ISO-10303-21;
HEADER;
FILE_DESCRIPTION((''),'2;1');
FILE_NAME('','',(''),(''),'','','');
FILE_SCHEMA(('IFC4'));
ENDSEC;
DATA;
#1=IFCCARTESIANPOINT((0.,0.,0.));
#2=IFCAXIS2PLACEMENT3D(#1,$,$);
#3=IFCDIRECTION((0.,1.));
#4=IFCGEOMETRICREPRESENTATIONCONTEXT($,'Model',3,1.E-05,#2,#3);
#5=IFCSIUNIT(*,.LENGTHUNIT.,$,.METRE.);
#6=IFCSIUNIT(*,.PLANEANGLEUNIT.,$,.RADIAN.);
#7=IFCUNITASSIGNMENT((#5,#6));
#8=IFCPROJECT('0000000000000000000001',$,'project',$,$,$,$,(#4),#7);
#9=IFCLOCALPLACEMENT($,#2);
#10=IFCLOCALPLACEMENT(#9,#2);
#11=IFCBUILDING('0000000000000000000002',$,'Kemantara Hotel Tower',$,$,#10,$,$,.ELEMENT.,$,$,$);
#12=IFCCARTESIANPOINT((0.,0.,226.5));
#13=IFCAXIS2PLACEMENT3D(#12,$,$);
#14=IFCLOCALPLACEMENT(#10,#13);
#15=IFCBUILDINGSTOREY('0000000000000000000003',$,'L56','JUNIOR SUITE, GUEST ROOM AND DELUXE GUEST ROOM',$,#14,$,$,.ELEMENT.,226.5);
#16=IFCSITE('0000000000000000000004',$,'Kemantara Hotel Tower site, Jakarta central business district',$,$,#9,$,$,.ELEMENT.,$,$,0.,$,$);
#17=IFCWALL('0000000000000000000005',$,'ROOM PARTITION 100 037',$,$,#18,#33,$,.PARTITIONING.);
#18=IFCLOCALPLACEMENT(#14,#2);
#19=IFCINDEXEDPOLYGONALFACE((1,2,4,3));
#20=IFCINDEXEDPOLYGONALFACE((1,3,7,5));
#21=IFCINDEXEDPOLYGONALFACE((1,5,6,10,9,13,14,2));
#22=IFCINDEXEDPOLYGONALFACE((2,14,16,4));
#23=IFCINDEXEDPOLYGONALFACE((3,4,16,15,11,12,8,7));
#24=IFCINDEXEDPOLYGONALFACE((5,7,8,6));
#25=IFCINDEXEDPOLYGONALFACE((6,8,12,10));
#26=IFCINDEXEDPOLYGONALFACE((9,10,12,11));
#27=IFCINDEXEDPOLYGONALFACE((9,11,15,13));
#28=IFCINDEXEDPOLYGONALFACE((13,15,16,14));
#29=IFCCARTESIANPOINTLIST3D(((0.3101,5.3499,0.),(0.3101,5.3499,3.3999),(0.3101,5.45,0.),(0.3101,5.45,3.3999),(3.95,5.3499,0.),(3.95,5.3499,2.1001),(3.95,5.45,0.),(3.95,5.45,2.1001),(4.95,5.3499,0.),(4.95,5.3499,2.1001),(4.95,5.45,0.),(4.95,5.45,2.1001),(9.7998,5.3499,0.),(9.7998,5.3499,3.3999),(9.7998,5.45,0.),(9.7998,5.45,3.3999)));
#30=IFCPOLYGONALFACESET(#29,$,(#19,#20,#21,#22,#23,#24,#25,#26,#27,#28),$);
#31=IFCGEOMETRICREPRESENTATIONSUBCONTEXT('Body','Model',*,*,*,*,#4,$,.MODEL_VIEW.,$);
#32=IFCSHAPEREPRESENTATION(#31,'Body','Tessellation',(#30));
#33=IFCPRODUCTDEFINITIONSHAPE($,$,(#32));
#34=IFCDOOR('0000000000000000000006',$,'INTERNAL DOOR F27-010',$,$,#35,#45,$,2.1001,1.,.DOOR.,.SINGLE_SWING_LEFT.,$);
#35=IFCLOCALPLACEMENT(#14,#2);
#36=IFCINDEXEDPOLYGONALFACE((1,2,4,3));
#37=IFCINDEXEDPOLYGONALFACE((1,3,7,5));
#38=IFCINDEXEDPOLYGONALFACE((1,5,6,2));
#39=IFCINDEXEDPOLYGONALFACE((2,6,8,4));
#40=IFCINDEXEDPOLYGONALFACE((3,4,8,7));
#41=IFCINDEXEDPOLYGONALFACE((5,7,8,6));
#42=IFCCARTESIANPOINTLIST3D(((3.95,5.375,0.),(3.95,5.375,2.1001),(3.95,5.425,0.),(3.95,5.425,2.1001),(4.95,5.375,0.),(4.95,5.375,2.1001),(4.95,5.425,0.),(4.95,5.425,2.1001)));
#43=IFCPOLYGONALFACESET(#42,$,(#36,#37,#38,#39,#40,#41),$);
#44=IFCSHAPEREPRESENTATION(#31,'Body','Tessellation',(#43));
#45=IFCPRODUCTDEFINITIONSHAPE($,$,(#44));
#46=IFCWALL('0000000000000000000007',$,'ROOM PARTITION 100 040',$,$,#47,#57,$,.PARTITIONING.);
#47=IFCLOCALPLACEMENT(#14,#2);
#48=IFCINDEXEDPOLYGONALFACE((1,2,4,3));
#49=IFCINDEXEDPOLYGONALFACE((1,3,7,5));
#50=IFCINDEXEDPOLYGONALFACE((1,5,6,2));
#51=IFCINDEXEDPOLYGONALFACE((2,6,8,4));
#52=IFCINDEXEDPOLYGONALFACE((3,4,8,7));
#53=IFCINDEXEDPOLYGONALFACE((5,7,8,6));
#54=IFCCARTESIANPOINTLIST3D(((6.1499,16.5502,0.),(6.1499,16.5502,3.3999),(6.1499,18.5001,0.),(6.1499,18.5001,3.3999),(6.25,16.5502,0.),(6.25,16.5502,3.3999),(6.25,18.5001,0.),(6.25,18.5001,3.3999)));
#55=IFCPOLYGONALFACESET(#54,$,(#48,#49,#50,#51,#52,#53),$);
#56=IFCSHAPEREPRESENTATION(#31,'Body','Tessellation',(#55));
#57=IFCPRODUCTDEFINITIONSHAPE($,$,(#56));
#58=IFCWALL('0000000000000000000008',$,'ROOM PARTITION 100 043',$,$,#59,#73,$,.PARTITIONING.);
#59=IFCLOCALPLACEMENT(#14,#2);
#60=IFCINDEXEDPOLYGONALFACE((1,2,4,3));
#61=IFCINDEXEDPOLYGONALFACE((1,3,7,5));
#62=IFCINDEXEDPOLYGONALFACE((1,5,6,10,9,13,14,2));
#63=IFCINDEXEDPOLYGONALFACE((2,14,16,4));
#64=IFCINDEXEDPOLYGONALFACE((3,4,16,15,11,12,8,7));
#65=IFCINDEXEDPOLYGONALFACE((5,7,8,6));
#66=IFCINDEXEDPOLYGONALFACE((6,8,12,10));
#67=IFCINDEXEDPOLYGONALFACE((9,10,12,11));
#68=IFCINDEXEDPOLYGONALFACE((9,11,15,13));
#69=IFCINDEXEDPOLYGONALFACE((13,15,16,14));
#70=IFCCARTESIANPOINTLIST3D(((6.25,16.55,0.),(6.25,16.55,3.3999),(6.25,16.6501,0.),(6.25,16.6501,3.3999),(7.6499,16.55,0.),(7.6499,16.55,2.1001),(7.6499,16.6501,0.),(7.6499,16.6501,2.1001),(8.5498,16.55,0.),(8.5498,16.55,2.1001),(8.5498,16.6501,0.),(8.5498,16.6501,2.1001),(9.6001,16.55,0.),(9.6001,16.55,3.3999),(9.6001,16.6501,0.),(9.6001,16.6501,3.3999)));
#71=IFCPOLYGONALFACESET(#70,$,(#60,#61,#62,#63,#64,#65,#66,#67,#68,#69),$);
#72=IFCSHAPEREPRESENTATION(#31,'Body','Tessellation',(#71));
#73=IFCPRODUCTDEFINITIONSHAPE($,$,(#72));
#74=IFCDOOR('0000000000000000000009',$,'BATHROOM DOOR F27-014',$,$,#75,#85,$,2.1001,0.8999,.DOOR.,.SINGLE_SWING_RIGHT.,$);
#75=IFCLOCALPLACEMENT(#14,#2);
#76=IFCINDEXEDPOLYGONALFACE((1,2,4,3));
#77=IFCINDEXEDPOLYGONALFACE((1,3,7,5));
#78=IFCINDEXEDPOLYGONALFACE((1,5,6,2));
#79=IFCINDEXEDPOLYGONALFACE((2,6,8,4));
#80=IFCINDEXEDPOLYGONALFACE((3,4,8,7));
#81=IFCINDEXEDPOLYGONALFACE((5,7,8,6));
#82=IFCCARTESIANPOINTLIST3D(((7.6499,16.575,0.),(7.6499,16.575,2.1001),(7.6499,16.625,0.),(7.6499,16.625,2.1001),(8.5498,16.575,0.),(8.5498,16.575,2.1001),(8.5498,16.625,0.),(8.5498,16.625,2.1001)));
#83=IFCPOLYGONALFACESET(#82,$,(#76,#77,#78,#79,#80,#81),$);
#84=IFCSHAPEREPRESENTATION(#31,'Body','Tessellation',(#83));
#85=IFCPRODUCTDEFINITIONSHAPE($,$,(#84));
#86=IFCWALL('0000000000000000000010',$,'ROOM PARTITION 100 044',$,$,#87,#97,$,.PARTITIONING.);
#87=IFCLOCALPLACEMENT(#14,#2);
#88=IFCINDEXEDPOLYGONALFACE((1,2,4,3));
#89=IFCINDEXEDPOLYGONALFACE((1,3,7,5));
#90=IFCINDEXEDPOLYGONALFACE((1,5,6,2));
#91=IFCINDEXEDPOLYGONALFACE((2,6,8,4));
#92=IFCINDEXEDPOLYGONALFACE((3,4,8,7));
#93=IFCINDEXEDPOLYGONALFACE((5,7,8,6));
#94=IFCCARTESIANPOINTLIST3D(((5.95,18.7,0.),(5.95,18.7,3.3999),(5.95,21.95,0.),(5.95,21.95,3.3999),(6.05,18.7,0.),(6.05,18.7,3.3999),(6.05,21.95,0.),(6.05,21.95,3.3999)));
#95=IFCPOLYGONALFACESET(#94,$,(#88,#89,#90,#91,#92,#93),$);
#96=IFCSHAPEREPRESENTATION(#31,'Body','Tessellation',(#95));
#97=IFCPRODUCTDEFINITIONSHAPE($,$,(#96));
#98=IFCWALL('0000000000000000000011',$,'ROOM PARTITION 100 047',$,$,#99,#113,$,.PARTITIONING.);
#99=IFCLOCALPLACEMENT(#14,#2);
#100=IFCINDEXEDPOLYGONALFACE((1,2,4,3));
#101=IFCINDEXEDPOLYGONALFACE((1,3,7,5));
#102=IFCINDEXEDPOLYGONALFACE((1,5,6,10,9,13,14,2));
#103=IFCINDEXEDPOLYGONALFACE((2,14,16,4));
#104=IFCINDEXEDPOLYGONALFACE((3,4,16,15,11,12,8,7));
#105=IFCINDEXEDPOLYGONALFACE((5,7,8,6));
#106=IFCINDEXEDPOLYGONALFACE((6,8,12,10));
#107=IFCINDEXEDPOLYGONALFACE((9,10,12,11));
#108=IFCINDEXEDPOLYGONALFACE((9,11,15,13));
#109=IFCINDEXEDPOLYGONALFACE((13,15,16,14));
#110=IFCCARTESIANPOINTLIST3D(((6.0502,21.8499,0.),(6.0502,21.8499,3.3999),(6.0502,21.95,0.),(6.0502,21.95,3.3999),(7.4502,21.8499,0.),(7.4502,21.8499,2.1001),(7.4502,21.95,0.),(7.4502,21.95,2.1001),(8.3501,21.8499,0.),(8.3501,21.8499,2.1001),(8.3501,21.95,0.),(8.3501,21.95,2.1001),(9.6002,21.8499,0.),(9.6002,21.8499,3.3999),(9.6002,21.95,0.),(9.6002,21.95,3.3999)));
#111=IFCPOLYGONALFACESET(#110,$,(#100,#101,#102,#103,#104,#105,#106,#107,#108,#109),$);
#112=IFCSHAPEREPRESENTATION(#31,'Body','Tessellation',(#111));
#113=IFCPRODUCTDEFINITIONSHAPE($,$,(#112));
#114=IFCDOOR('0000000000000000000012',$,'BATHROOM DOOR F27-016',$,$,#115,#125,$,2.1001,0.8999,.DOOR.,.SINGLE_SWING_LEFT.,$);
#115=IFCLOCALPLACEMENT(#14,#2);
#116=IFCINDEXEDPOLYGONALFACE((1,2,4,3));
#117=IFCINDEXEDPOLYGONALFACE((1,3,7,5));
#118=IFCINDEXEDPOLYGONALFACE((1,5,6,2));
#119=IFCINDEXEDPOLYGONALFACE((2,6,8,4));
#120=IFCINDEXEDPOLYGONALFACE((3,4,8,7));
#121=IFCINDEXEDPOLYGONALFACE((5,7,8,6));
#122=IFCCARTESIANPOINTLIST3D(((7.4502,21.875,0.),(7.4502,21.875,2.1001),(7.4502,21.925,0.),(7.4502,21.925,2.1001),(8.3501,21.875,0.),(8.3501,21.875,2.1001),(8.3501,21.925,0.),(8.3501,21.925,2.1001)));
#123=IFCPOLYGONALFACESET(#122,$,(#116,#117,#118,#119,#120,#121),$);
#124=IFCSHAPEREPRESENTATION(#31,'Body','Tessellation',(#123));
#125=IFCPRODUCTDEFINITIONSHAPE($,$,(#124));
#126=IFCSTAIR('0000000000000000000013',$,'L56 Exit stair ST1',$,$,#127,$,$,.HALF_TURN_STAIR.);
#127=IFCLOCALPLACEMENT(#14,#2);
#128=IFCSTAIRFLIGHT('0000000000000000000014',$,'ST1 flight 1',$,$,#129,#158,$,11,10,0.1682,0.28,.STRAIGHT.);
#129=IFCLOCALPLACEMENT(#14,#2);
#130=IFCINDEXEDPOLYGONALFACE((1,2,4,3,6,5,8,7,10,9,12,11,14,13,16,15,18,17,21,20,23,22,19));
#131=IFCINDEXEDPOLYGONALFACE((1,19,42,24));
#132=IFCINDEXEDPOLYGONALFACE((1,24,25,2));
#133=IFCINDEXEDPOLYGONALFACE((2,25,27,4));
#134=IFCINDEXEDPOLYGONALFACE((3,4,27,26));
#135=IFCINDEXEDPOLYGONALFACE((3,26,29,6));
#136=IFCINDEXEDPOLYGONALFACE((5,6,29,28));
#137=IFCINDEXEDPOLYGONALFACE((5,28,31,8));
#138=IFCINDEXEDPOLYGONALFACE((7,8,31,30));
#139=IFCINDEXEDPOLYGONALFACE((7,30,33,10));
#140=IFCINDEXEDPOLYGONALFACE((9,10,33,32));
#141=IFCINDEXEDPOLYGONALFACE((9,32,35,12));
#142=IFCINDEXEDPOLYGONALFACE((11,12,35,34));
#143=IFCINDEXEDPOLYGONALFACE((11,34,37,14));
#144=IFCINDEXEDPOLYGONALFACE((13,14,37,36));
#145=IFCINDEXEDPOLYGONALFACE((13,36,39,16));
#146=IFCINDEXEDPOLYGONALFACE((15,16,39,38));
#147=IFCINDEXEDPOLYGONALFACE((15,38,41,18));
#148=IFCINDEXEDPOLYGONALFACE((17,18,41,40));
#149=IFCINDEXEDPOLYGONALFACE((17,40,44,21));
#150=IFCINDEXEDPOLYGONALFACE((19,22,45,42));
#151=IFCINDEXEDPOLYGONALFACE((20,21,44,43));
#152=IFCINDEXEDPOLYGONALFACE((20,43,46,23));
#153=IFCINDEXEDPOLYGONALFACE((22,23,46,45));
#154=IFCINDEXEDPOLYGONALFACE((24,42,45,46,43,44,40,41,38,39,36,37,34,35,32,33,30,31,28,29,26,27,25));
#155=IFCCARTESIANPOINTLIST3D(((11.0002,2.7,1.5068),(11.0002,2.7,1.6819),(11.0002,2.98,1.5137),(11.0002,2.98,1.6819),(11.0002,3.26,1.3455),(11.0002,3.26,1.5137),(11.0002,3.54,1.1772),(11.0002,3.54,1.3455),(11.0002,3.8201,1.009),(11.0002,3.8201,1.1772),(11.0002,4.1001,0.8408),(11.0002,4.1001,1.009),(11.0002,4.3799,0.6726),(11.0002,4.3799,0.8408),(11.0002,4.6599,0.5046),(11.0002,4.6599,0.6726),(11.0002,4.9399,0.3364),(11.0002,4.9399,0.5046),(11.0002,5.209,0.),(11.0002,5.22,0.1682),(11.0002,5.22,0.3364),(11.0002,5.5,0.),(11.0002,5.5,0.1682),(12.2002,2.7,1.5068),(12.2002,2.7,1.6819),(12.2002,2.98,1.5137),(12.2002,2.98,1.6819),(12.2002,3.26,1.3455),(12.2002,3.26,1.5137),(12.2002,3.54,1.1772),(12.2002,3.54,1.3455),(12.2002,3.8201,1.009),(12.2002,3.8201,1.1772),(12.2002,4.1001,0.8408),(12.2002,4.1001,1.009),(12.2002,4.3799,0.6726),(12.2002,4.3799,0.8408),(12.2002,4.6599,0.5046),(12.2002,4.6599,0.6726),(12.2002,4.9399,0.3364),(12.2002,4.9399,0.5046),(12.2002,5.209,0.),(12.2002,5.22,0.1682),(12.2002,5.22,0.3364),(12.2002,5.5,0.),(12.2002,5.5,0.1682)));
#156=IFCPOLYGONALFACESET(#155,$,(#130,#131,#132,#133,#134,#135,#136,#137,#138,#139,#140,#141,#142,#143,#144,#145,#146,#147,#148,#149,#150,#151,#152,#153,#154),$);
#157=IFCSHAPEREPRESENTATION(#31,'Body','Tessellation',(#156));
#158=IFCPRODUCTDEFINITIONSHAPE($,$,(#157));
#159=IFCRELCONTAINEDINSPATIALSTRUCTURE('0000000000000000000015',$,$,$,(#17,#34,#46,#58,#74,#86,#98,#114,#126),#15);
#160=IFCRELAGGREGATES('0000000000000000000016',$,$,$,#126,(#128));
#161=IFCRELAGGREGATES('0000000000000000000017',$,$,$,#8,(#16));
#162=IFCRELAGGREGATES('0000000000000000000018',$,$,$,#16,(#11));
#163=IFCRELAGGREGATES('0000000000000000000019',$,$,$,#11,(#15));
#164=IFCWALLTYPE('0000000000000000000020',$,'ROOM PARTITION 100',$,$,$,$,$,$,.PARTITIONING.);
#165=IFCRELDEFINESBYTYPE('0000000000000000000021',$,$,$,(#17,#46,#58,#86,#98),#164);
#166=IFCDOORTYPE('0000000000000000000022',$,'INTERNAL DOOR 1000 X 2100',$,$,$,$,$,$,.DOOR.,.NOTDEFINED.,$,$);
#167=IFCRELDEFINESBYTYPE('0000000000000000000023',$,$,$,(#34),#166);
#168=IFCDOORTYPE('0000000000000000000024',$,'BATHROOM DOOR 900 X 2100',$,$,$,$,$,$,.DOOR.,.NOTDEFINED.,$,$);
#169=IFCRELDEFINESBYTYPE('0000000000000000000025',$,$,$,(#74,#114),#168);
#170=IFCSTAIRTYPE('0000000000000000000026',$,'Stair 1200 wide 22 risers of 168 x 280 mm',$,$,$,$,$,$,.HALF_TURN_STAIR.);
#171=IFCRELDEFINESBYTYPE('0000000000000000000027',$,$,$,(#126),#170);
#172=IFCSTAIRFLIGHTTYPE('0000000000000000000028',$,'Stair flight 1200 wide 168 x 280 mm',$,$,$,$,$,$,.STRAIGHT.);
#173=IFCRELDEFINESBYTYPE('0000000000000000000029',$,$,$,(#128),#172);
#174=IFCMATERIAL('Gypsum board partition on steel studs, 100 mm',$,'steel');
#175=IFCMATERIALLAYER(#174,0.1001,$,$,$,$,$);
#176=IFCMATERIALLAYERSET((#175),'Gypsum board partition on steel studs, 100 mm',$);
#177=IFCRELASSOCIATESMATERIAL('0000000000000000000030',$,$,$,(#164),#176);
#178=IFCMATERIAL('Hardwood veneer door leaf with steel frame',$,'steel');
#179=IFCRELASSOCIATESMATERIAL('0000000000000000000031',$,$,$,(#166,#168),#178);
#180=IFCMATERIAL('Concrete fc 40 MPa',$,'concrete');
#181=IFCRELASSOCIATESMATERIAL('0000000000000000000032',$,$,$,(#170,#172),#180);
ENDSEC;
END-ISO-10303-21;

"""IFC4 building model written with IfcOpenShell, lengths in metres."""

from ifc_helpers import new_model, si_unit, direction, frame, frame_2d, origin, place, context, subcontext, project, spatial, polyline, rectangle, outline, extrude, material, layer, layer_set, type_object, element, fill, aggregate, save


model = new_model("IFC4")

# Units and contexts
model_context = context("Model", 3, precision=1e-05, world=origin(), true_north=direction((0.0, 1.0)))
body_context = subcontext(model_context, "Body", "Model", "MODEL_VIEW")
ifc_project = project(units=[si_unit("LENGTHUNIT", "METRE"), si_unit("PLANEANGLEUNIT", "RADIAN")], contexts=[model_context])

# Site, building, storey
site_placement = place(None, origin())
site = spatial("IfcSite", under=ifc_project, at=site_placement, Name="Kemantara Hotel Tower site, Jakarta central business district", CompositionType="ELEMENT", RefElevation=0.0)
building_placement = place(site_placement, origin())
building = spatial("IfcBuilding", under=site, at=building_placement, Name="Kemantara Hotel Tower", CompositionType="ELEMENT")
storey_placement = place(building_placement, frame((0.0, 0.0, 226.5)))
storey = spatial("IfcBuildingStorey", under=building, at=storey_placement, Name="L56", Description="JUNIOR SUITE, GUEST ROOM AND DELUXE GUEST ROOM", CompositionType="ELEMENT", Elevation=226.5)

# Shared definitions
ifc_material_1 = material(Name="Hardwood veneer door leaf with steel frame", Category="steel")

# Wall, opening, door
ifc_material_2 = material(Name="Gypsum board partition on steel studs, 100 mm", Category="steel")
ifc_layer_1 = layer(ifc_material_2, 0.1001)
ifc_layer_set_1 = layer_set([ifc_layer_1], Name="Gypsum board partition on steel studs, 100 mm")
wall_type_1 = type_object("IfcWallType", Name="ROOM PARTITION 100", PredefinedType="PARTITIONING", material=ifc_layer_set_1)
wall_1_placement = place(storey_placement, frame((9.7998, 5.3999, 0.0), z_axis=(0.0, 0.0, 1.0), x_axis=(-1.0, 0.0, 0.0)))
wall_1 = element("IfcWall", 1, at=wall_1_placement, inside=storey, type_object=wall_type_1, Name="ROOM PARTITION 100 037", PredefinedType="PARTITIONING", context=body_context, shape_type="SweptSolid", body=[
    extrude(rectangle(XDim=9.4897, YDim=0.1001, at=frame_2d((4.7449, 0.0))), origin(), (0.0, 0.0, 1.0), 3.3999),
])
opening_1_placement = place(wall_1_placement, frame((4.8499, 0.0, 0.0)))
opening_1 = element("IfcOpeningElement", 2, at=opening_1_placement, cuts=wall_1, PredefinedType="OPENING", context=body_context, shape_type="SweptSolid", body=[
    extrude(rectangle(XDim=1.0, YDim=2.1001, at=frame_2d((0.5, 1.05))), frame((0.0, 0.0601, 0.0), z_axis=(0.0, -1.0, 0.0), x_axis=(1.0, 0.0, 0.0)), (0.0, 0.0, 1.0), 0.1201),
])
door_type_1 = type_object("IfcDoorType", Name="INTERNAL DOOR 1000 X 2100", OperationType="NOTDEFINED", PredefinedType="DOOR", material=ifc_material_1)
door_1_placement = place(opening_1_placement, origin())
door_1 = element("IfcDoor", 3, at=door_1_placement, inside=storey, type_object=door_type_1, Name="INTERNAL DOOR F27-010", OperationType="SINGLE_SWING_LEFT", OverallHeight=2.1001, OverallWidth=1.0, PredefinedType="DOOR", context=body_context, shape_type="SweptSolid", body=[
    extrude(rectangle(XDim=1.0, YDim=2.1001, at=frame_2d((0.5, 1.05))), frame((0.0, 0.0249, 0.0), z_axis=(0.0, -1.0, 0.0), x_axis=(1.0, 0.0, 0.0)), (0.0, 0.0, 1.0), 0.05),
])
fill(opening_1, door_1)

# Wall
wall_2_placement = place(storey_placement, frame((6.2, 16.55, 0.0), z_axis=(0.0, 0.0, 1.0), x_axis=(0.0, 1.0, 0.0)))
element("IfcWall", 4, at=wall_2_placement, inside=storey, type_object=wall_type_1, Name="ROOM PARTITION 100 040", PredefinedType="PARTITIONING", context=body_context, shape_type="SweptSolid", body=[
    extrude(rectangle(XDim=1.95, YDim=0.1001, at=frame_2d((0.9751, 0.0))), origin(), (0.0, 0.0, 1.0), 3.3999),
])

# Wall, opening, door
wall_3_placement = place(storey_placement, frame((6.25, 16.6001, 0.0), z_axis=(0.0, 0.0, 1.0), x_axis=(1.0, 0.0, 0.0)))
wall_3 = element("IfcWall", 5, at=wall_3_placement, inside=storey, type_object=wall_type_1, Name="ROOM PARTITION 100 043", PredefinedType="PARTITIONING", context=body_context, shape_type="SweptSolid", body=[
    extrude(rectangle(XDim=3.3501, YDim=0.1001, at=frame_2d((1.675, 0.0))), origin(), (0.0, 0.0, 1.0), 3.3999),
])
opening_2_placement = place(wall_3_placement, frame((1.3999, 0.0, 0.0)))
opening_2 = element("IfcOpeningElement", 6, at=opening_2_placement, cuts=wall_3, PredefinedType="OPENING", context=body_context, shape_type="SweptSolid", body=[
    extrude(rectangle(XDim=0.8999, YDim=2.1001, at=frame_2d((0.45, 1.05))), frame((0.0, 0.0601, 0.0), z_axis=(0.0, -1.0, 0.0), x_axis=(1.0, 0.0, 0.0)), (0.0, 0.0, 1.0), 0.1201),
])
door_type_2 = type_object("IfcDoorType", Name="BATHROOM DOOR 900 X 2100", OperationType="NOTDEFINED", PredefinedType="DOOR", material=ifc_material_1)
door_2_placement = place(opening_2_placement, origin())
door_2 = element("IfcDoor", 7, at=door_2_placement, inside=storey, type_object=door_type_2, Name="BATHROOM DOOR F27-014", OperationType="SINGLE_SWING_RIGHT", OverallHeight=2.1001, OverallWidth=0.8999, PredefinedType="DOOR", context=body_context, shape_type="SweptSolid", body=[
    extrude(rectangle(XDim=0.8999, YDim=2.1001, at=frame_2d((0.45, 1.05))), frame((0.0, 0.0249, 0.0), z_axis=(0.0, -1.0, 0.0), x_axis=(1.0, 0.0, 0.0)), (0.0, 0.0, 1.0), 0.05),
])
fill(opening_2, door_2)

# Wall
wall_4_placement = place(storey_placement, frame((6.0, 18.7, 0.0), z_axis=(0.0, 0.0, 1.0), x_axis=(0.0, 1.0, 0.0)))
element("IfcWall", 8, at=wall_4_placement, inside=storey, type_object=wall_type_1, Name="ROOM PARTITION 100 044", PredefinedType="PARTITIONING", context=body_context, shape_type="SweptSolid", body=[
    extrude(rectangle(XDim=3.25, YDim=0.1001, at=frame_2d((1.625, 0.0))), origin(), (0.0, 0.0, 1.0), 3.3999),
])

# Wall, opening, door
wall_5_placement = place(storey_placement, frame((9.6001, 21.8999, 0.0), z_axis=(0.0, 0.0, 1.0), x_axis=(-1.0, 0.0, 0.0)))
wall_5 = element("IfcWall", 9, at=wall_5_placement, inside=storey, type_object=wall_type_1, Name="ROOM PARTITION 100 047", PredefinedType="PARTITIONING", context=body_context, shape_type="SweptSolid", body=[
    extrude(rectangle(XDim=3.55, YDim=0.1001, at=frame_2d((1.7749, 0.0))), origin(), (0.0, 0.0, 1.0), 3.3999),
])
opening_3_placement = place(wall_5_placement, frame((1.25, 0.0, 0.0)))
opening_3 = element("IfcOpeningElement", 10, at=opening_3_placement, cuts=wall_5, PredefinedType="OPENING", context=body_context, shape_type="SweptSolid", body=[
    extrude(rectangle(XDim=0.8999, YDim=2.1001, at=frame_2d((0.45, 1.05))), frame((0.0, 0.0601, 0.0), z_axis=(0.0, -1.0, 0.0), x_axis=(1.0, 0.0, 0.0)), (0.0, 0.0, 1.0), 0.1201),
])
door_3_placement = place(opening_3_placement, origin())
door_3 = element("IfcDoor", 11, at=door_3_placement, inside=storey, type_object=door_type_2, Name="BATHROOM DOOR F27-016", OperationType="SINGLE_SWING_LEFT", OverallHeight=2.1001, OverallWidth=0.8999, PredefinedType="DOOR", context=body_context, shape_type="SweptSolid", body=[
    extrude(rectangle(XDim=0.8999, YDim=2.1001, at=frame_2d((0.45, 1.05))), frame((0.0, 0.0249, 0.0), z_axis=(0.0, -1.0, 0.0), x_axis=(1.0, 0.0, 0.0)), (0.0, 0.0, 1.0), 0.05),
])
fill(opening_3, door_3)

# Stair, stair flight
ifc_material_3 = material(Name="Concrete fc 40 MPa", Category="concrete")
stair_type = type_object("IfcStairType", Name="Stair 1200 wide 22 risers of 168 x 280 mm", PredefinedType="HALF_TURN_STAIR", material=ifc_material_3)
stair_placement = place(storey_placement, origin())
stair = element("IfcStair", 12, at=stair_placement, inside=storey, type_object=stair_type, Name="L56 Exit stair ST1", PredefinedType="HALF_TURN_STAIR")
stair_flight_type = type_object("IfcStairFlightType", Name="Stair flight 1200 wide 168 x 280 mm", PredefinedType="STRAIGHT", material=ifc_material_3)
stair_flight_placement = place(storey_placement, frame((11.6001, 5.5, 0.0), z_axis=(0.0, 0.0, 1.0), x_axis=(0.0, -1.0, 0.0)))
stair_flight = element("IfcStairFlight", 13, at=stair_flight_placement, type_object=stair_flight_type, Name="ST1 flight 1", NumberOfRisers=11, NumberOfTreads=10, PredefinedType="STRAIGHT", RiserHeight=0.1682, TreadLength=0.28, context=body_context, shape_type="SweptSolid", body=[
    extrude(outline(polyline([(0.0, 0.0), (0.0, 0.1682), (0.28, 0.1682), (0.28, 0.3364), (0.5601, 0.3364), (0.5601, 0.5046), (0.8401, 0.5046), (0.8401, 0.6726), (1.1201, 0.6726), (1.1201, 0.8408), (1.3999, 0.8408), (1.3999, 1.009), (1.6799, 1.009), (1.6799, 1.1772), (1.96, 1.1772), (1.96, 1.3455), (2.24, 1.3455), (2.24, 1.5137), (2.52, 1.5137), (2.52, 1.6819), (2.8, 1.6819), (2.8, 1.8501), (2.8, 1.5068), (0.291, 0.0), (0.0, 0.0)])), frame((0.0, 0.6001, 0.0), z_axis=(0.0, -1.0, 0.0), x_axis=(1.0, 0.0, 0.0)), (0.0, 0.0, 1.0), 1.2),
])
aggregate(stair, [stair_flight])

save(model, "model.ifc")
